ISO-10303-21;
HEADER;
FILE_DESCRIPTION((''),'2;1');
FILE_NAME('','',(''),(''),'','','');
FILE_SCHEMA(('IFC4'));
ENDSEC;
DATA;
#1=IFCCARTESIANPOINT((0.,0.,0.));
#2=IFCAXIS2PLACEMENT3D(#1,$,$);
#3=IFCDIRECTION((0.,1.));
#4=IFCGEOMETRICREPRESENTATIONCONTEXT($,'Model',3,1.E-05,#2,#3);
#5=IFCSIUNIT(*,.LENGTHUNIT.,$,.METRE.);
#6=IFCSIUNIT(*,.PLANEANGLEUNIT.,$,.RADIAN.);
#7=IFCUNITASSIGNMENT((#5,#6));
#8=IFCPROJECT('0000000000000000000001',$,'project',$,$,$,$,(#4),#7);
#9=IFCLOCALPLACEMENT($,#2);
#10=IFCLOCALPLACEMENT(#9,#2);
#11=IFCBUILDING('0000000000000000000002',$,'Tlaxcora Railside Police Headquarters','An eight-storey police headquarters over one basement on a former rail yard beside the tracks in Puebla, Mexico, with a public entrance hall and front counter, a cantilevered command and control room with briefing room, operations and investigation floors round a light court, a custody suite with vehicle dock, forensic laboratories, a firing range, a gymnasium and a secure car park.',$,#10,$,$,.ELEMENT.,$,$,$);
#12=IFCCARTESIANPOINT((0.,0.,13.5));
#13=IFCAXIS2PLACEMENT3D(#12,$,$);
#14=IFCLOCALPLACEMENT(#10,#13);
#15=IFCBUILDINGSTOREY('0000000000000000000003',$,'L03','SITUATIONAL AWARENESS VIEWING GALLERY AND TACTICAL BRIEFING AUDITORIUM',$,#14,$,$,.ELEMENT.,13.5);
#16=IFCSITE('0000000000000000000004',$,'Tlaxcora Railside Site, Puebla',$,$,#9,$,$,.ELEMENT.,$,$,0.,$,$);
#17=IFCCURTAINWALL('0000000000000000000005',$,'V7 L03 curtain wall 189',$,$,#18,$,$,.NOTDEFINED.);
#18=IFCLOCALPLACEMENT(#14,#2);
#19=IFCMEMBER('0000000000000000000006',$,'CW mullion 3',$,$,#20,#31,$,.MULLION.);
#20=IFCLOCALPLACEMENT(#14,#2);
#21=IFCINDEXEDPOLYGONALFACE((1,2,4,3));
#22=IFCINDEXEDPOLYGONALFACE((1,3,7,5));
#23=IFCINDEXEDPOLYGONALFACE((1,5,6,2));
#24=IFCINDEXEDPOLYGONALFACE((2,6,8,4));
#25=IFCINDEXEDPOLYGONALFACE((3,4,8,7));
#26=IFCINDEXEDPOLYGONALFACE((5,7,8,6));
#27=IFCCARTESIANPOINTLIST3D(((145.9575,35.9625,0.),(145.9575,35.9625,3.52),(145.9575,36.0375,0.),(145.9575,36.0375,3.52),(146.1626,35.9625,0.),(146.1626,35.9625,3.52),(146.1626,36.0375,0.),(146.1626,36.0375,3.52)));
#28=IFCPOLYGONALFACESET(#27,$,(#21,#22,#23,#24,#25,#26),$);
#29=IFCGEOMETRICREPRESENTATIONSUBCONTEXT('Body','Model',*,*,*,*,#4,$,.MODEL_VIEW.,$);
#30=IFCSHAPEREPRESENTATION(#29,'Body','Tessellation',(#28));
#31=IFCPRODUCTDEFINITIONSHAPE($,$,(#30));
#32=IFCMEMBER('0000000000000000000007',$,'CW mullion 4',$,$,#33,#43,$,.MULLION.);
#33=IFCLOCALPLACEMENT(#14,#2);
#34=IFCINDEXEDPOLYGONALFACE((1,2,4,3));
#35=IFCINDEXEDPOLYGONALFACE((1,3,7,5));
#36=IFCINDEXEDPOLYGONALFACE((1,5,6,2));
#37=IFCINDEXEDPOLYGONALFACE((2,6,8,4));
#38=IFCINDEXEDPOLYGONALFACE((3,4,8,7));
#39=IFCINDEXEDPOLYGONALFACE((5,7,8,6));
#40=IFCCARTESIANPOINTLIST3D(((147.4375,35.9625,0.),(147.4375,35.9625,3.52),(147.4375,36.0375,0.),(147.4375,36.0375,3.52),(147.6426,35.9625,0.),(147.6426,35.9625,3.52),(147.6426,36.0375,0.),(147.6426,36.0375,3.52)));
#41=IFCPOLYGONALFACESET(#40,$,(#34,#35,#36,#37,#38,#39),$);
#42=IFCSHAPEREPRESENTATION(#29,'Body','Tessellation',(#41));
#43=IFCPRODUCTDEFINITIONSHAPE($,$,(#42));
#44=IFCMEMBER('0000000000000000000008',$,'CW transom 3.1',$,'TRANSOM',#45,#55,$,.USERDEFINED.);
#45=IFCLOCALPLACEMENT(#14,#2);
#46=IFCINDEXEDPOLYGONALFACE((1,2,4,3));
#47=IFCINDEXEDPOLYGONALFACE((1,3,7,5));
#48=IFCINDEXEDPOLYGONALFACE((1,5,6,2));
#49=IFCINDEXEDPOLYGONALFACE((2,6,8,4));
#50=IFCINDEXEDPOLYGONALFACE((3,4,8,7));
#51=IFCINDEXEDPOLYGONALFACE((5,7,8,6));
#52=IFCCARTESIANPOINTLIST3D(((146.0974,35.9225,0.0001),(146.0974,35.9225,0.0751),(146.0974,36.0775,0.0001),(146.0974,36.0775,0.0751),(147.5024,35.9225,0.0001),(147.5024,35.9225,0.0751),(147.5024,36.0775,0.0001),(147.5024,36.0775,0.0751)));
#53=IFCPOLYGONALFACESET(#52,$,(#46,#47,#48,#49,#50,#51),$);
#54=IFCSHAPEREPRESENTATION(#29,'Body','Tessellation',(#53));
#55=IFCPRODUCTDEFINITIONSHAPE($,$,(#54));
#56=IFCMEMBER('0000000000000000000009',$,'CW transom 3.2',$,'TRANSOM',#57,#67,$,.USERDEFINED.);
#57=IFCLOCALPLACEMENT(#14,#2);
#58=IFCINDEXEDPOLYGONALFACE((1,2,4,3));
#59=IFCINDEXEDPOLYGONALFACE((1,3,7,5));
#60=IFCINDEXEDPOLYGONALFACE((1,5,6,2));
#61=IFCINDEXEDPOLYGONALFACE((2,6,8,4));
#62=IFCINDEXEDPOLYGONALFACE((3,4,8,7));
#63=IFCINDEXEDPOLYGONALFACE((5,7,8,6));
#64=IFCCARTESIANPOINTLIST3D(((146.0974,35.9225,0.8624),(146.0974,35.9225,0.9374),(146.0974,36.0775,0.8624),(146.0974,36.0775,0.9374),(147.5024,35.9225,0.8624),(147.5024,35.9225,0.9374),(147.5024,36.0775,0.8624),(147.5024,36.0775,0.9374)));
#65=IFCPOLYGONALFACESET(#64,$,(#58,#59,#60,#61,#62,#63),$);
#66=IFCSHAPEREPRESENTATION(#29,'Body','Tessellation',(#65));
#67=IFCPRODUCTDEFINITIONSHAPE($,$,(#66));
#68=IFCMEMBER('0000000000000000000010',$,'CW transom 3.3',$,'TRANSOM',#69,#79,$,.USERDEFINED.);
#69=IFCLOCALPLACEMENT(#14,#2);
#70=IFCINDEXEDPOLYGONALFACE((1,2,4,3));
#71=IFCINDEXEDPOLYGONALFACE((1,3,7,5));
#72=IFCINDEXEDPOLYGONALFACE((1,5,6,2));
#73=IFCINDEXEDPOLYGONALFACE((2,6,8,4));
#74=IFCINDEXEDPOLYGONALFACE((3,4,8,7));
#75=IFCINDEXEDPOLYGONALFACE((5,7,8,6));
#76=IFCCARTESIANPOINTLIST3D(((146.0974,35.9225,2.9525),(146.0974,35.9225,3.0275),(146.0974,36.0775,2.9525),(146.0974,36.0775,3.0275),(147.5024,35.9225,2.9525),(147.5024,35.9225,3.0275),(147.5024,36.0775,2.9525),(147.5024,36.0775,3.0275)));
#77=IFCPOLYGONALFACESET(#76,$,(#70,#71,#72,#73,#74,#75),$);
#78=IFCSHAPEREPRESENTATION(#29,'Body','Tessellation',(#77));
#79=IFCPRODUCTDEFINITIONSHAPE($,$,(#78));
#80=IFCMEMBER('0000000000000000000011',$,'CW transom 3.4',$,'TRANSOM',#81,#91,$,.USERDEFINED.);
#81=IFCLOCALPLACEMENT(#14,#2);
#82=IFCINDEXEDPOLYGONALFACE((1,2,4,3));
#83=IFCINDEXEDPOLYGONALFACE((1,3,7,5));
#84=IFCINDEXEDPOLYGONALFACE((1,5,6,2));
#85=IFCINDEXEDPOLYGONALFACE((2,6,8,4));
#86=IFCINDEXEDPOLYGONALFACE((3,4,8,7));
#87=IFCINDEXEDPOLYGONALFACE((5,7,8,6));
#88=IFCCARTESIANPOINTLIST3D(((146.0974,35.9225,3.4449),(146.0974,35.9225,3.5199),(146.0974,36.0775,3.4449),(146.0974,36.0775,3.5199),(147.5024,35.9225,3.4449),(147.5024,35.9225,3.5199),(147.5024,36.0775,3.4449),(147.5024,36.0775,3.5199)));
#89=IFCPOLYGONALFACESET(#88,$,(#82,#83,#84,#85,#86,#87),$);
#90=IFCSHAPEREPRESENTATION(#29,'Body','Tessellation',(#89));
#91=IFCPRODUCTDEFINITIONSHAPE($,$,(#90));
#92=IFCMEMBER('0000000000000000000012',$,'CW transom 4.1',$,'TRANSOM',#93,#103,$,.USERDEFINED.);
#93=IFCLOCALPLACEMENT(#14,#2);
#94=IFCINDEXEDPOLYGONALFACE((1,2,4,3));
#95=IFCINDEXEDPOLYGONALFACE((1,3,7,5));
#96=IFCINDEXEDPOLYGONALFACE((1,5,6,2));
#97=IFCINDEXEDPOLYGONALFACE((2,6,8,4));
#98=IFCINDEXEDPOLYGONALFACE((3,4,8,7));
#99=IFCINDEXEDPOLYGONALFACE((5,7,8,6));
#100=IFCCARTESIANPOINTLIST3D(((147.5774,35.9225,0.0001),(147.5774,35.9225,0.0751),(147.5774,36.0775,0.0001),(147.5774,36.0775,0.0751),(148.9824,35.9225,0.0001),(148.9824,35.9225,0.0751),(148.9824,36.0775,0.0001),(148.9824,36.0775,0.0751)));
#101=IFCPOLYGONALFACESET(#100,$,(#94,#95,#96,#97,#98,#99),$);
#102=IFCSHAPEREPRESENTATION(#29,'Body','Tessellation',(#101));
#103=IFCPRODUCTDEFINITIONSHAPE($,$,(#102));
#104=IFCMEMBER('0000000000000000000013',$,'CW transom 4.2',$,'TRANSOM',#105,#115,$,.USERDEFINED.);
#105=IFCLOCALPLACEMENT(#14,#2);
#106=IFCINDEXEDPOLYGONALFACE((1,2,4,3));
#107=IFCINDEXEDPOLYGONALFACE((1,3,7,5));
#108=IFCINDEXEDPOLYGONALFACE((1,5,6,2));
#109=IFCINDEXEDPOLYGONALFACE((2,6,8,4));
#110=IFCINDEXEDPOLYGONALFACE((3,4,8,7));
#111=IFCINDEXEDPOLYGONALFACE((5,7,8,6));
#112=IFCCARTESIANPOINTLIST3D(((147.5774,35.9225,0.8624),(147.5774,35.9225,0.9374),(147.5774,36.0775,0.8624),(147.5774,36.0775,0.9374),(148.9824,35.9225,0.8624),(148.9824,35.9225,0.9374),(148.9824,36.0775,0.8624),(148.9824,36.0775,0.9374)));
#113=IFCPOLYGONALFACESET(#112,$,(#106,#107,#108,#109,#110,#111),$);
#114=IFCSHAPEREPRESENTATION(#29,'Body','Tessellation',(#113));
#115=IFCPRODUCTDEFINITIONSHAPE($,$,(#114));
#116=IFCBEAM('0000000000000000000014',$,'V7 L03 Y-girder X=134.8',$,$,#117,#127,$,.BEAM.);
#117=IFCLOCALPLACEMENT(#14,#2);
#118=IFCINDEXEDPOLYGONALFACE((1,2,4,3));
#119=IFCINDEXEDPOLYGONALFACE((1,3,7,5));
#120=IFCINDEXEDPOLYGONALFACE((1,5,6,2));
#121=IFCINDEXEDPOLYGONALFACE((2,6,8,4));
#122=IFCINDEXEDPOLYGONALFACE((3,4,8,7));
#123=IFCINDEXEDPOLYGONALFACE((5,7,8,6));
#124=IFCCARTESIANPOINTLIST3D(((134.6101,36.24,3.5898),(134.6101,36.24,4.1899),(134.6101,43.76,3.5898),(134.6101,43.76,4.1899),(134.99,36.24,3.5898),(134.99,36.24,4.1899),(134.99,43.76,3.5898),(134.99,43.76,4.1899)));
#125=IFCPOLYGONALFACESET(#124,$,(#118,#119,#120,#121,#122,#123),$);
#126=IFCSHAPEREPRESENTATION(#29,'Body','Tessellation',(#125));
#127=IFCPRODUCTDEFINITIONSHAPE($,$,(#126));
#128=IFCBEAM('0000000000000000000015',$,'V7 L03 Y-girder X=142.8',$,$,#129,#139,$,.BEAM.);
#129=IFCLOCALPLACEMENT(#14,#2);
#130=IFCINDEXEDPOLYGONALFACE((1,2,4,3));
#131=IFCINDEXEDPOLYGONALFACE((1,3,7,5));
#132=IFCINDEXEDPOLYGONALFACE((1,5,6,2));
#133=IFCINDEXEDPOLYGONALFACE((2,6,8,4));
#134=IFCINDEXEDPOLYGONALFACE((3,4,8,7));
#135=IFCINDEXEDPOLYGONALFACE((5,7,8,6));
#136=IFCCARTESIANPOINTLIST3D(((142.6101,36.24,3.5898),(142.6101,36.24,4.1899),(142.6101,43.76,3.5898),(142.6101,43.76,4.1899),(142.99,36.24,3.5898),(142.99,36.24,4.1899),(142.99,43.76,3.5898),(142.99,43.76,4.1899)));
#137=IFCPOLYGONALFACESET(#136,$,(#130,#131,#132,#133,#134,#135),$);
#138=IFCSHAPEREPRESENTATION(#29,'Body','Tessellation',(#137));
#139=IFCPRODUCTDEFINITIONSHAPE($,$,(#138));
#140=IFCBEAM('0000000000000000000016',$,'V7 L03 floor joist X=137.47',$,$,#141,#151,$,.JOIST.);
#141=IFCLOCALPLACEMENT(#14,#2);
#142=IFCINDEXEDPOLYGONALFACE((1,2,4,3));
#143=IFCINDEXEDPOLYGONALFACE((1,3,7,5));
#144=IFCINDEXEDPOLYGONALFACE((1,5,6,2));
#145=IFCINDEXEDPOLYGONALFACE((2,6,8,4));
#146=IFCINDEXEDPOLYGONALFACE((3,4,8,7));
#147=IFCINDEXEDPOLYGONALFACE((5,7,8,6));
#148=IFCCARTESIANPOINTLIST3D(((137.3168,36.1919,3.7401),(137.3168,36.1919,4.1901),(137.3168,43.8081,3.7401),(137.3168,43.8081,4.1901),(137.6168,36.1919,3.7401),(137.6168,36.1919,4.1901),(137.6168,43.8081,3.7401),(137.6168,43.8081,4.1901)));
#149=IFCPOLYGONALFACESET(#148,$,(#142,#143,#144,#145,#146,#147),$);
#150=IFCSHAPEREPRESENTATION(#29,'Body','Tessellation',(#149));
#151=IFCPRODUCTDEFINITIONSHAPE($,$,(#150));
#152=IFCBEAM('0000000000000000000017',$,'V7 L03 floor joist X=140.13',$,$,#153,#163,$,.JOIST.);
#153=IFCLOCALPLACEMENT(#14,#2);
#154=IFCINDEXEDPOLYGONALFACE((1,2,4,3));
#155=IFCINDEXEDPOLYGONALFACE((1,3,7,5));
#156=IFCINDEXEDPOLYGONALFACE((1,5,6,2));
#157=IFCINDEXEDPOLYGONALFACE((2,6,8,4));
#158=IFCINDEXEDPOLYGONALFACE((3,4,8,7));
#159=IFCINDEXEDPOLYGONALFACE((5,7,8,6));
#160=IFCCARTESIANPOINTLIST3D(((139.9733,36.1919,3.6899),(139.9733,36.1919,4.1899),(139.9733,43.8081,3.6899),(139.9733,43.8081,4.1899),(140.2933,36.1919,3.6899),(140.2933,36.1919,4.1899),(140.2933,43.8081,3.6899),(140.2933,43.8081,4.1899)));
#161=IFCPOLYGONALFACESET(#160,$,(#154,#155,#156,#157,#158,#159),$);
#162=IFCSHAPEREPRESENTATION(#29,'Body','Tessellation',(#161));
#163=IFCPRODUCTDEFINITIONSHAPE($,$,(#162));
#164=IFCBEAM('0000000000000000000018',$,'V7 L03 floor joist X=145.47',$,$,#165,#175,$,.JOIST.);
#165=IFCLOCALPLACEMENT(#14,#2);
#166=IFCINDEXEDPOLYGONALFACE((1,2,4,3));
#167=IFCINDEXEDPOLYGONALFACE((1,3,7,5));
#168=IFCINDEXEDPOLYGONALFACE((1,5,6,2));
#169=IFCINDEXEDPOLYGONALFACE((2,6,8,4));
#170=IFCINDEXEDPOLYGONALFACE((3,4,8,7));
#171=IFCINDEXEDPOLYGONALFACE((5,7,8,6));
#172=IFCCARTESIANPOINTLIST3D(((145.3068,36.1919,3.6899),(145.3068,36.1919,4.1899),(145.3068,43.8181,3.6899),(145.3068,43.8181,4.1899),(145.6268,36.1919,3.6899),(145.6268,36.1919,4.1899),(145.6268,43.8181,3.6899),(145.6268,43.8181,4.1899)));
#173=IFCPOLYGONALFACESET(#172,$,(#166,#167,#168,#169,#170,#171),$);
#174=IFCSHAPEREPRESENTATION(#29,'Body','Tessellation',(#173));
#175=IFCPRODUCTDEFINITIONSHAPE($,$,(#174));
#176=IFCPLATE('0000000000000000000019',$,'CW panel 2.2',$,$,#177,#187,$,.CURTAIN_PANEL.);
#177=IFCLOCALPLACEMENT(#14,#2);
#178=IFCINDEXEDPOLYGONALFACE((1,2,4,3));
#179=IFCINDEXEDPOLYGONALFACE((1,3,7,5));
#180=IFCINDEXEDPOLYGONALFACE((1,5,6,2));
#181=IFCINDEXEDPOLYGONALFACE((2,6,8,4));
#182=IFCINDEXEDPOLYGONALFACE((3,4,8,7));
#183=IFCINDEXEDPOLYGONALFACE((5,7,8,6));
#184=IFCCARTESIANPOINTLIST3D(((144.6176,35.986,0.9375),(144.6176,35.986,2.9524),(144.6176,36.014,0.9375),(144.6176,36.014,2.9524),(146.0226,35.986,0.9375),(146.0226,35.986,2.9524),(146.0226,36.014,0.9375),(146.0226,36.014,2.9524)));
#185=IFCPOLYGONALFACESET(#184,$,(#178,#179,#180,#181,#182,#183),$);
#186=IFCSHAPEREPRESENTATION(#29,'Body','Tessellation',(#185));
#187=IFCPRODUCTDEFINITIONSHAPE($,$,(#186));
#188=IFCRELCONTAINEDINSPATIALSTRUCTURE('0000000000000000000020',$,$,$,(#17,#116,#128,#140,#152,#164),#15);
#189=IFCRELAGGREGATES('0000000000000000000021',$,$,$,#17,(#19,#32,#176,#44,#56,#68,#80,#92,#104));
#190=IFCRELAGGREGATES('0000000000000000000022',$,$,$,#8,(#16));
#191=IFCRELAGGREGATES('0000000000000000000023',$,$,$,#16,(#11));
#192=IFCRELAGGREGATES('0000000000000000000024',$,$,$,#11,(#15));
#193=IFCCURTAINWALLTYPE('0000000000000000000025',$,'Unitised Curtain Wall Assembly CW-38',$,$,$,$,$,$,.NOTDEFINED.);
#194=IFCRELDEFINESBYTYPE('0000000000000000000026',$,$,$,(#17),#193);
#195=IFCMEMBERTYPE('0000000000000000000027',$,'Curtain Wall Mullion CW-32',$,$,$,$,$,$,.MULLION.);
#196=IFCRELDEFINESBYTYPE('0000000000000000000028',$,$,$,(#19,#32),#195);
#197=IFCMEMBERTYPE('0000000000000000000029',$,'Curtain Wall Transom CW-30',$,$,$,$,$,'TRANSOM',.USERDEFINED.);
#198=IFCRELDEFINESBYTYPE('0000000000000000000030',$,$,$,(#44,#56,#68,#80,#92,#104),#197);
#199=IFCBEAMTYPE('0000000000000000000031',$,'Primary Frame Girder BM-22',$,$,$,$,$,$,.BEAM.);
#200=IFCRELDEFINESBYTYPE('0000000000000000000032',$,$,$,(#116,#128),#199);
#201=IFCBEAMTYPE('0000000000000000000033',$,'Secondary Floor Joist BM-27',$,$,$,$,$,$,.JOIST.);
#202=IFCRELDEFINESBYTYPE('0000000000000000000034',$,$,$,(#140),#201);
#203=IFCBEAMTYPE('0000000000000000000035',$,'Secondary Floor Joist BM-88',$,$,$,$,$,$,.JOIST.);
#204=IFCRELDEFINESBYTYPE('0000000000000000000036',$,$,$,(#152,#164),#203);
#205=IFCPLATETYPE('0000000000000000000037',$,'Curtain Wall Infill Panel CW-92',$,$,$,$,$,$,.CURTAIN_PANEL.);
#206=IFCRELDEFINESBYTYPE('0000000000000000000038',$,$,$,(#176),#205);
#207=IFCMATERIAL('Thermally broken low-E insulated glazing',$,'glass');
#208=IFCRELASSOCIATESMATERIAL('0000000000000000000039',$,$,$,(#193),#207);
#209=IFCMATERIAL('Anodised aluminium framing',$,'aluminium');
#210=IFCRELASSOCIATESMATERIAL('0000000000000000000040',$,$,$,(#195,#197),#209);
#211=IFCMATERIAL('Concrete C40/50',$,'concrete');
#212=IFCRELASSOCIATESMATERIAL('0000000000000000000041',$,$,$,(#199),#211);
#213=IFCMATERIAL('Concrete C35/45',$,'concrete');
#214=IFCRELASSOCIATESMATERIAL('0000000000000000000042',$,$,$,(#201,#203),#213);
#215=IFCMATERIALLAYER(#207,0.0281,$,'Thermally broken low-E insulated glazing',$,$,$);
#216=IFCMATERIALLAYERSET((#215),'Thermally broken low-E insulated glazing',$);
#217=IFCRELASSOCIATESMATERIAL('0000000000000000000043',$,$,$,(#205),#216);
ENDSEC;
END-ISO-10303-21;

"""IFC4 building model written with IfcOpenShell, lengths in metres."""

from ifc_helpers import new_model, si_unit, direction, frame, origin, origin_2d, place, context, subcontext, project, spatial, rectangle, extrude, material, layer, layer_set, material_profile, profile_set, type_object, element, aggregate, save


model = new_model("IFC4")

# Units and contexts
model_context = context("Model", 3, precision=1e-05, world=origin(), true_north=direction((0.0, 1.0)))
body_context = subcontext(model_context, "Body", "Model", "MODEL_VIEW")
ifc_project = project(units=[si_unit("LENGTHUNIT", "METRE"), si_unit("PLANEANGLEUNIT", "RADIAN")], contexts=[model_context])

# Site, building, storey
site_placement = place(None, origin())
site = spatial("IfcSite", under=ifc_project, at=site_placement, Name="Tlaxcora Railside Site, Puebla", CompositionType="ELEMENT", RefElevation=0.0)
building_placement = place(site_placement, origin())
building = spatial("IfcBuilding", under=site, at=building_placement, Name="Tlaxcora Railside Police Headquarters", Description="An eight-storey police headquarters over one basement on a former rail yard beside the tracks in Puebla, Mexico, with a public entrance hall and front counter, a cantilevered command and control room with briefing room, operations and investigation floors round a light court, a custody suite with vehicle dock, forensic laboratories, a firing range, a gymnasium and a secure car park.", CompositionType="ELEMENT")
storey_placement = place(building_placement, frame((0.0, 0.0, 13.5)))
storey = spatial("IfcBuildingStorey", under=building, at=storey_placement, Name="L03", Description="SITUATIONAL AWARENESS VIEWING GALLERY AND TACTICAL BRIEFING AUDITORIUM", CompositionType="ELEMENT", Elevation=13.5)

# Curtain wall, members
ifc_material_1 = material(Name="Thermally broken low-E insulated glazing", Category="glass")
curtain_wall_type = type_object("IfcCurtainWallType", Name="Unitised Curtain Wall Assembly CW-38", PredefinedType="NOTDEFINED", material=ifc_material_1)
curtain_wall_placement = place(storey_placement, origin())
curtain_wall = element("IfcCurtainWall", 1, at=curtain_wall_placement, inside=storey, type_object=curtain_wall_type, Name="V7 L03 curtain wall 189", PredefinedType="NOTDEFINED")
ifc_material_2 = material(Name="Anodised aluminium framing", Category="aluminium")
ifc_material_profile_1 = material_profile(ifc_material_2, rectangle(XDim=0.075, YDim=0.2051, at=origin_2d()), Name="AL75X205")
ifc_profile_set_1 = profile_set([ifc_material_profile_1], Name="Anodised aluminium framing")
member_type_1 = type_object("IfcMemberType", Name="Curtain Wall Mullion CW-32", PredefinedType="MULLION", material=ifc_profile_set_1)
member_1_placement = place(storey_placement, frame((146.0601, 36.0, 0.0), z_axis=(0.0, 0.0, 1.0), x_axis=(0.0, 1.0, 0.0)))
member_1 = element("IfcMember", 2, at=member_1_placement, type_object=member_type_1, Name="CW mullion 3", PredefinedType="MULLION", context=body_context, shape_type="SweptSolid", body=[
    extrude(rectangle(XDim=0.075, YDim=0.2051, at=origin_2d()), origin(), (0.0, 0.0, 1.0), 3.52),
])
member_2_placement = place(storey_placement, frame((147.54, 36.0, 0.0), z_axis=(0.0, 0.0, 1.0), x_axis=(0.0, 1.0, 0.0)))
member_2 = element("IfcMember", 3, at=member_2_placement, type_object=member_type_1, Name="CW mullion 4", PredefinedType="MULLION", context=body_context, shape_type="SweptSolid", body=[
    extrude(rectangle(XDim=0.075, YDim=0.2051, at=origin_2d()), origin(), (0.0, 0.0, 1.0), 3.52),
])
ifc_material_profile_2 = material_profile(ifc_material_2, rectangle(XDim=0.155, YDim=0.075, at=origin_2d()), Name="AL75X155")
ifc_profile_set_2 = profile_set([ifc_material_profile_2], Name="Anodised aluminium framing")
member_type_2 = type_object("IfcMemberType", Name="Curtain Wall Transom CW-30", ElementType="TRANSOM", PredefinedType="USERDEFINED", material=ifc_profile_set_2)
member_3_placement = place(storey_placement, frame((146.0974, 36.0, 0.0376), z_axis=(1.0, 0.0, 0.0), x_axis=(0.0, 1.0, 0.0)))
member_3 = element("IfcMember", 4, at=member_3_placement, type_object=member_type_2, Name="CW transom 3.1", ObjectType="TRANSOM", PredefinedType="USERDEFINED", context=body_context, shape_type="SweptSolid", body=[
    extrude(rectangle(XDim=0.155, YDim=0.075, at=origin_2d()), origin(), (0.0, 0.0, 1.0), 1.405),
])
member_4_placement = place(storey_placement, frame((146.0974, 36.0, 0.8999), z_axis=(1.0, 0.0, 0.0), x_axis=(0.0, 1.0, 0.0)))
member_4 = element("IfcMember", 5, at=member_4_placement, type_object=member_type_2, Name="CW transom 3.2", ObjectType="TRANSOM", PredefinedType="USERDEFINED", context=body_context, shape_type="SweptSolid", body=[
    extrude(rectangle(XDim=0.155, YDim=0.075, at=origin_2d()), origin(), (0.0, 0.0, 1.0), 1.405),
])
member_5_placement = place(storey_placement, frame((146.0974, 36.0, 2.99), z_axis=(1.0, 0.0, 0.0), x_axis=(0.0, 1.0, 0.0)))
member_5 = element("IfcMember", 6, at=member_5_placement, type_object=member_type_2, Name="CW transom 3.3", ObjectType="TRANSOM", PredefinedType="USERDEFINED", context=body_context, shape_type="SweptSolid", body=[
    extrude(rectangle(XDim=0.155, YDim=0.075, at=origin_2d()), origin(), (0.0, 0.0, 1.0), 1.405),
])
member_6_placement = place(storey_placement, frame((146.0974, 36.0, 3.4824), z_axis=(1.0, 0.0, 0.0), x_axis=(0.0, 1.0, 0.0)))
member_6 = element("IfcMember", 7, at=member_6_placement, type_object=member_type_2, Name="CW transom 3.4", ObjectType="TRANSOM", PredefinedType="USERDEFINED", context=body_context, shape_type="SweptSolid", body=[
    extrude(rectangle(XDim=0.155, YDim=0.075, at=origin_2d()), origin(), (0.0, 0.0, 1.0), 1.405),
])
member_7_placement = place(storey_placement, frame((147.5774, 36.0, 0.0376), z_axis=(1.0, 0.0, 0.0), x_axis=(0.0, 1.0, 0.0)))
member_7 = element("IfcMember", 8, at=member_7_placement, type_object=member_type_2, Name="CW transom 4.1", ObjectType="TRANSOM", PredefinedType="USERDEFINED", context=body_context, shape_type="SweptSolid", body=[
    extrude(rectangle(XDim=0.155, YDim=0.075, at=origin_2d()), origin(), (0.0, 0.0, 1.0), 1.405),
])
member_8_placement = place(storey_placement, frame((147.5774, 36.0, 0.8999), z_axis=(1.0, 0.0, 0.0), x_axis=(0.0, 1.0, 0.0)))
member_8 = element("IfcMember", 9, at=member_8_placement, type_object=member_type_2, Name="CW transom 4.2", ObjectType="TRANSOM", PredefinedType="USERDEFINED", context=body_context, shape_type="SweptSolid", body=[
    extrude(rectangle(XDim=0.155, YDim=0.075, at=origin_2d()), origin(), (0.0, 0.0, 1.0), 1.405),
])

# Beams
ifc_material_3 = material(Name="Concrete C40/50", Category="concrete")
ifc_material_profile_3 = material_profile(ifc_material_3, rectangle(XDim=0.3799, YDim=0.6001, at=origin_2d()), Name="RC380X600")
ifc_profile_set_3 = profile_set([ifc_material_profile_3], Name="Concrete C40/50")
beam_type_1 = type_object("IfcBeamType", Name="Primary Frame Girder BM-22", PredefinedType="BEAM", material=ifc_profile_set_3)
for number, where, z_axis, x_axis, name in (
    (10, (134.8, 36.24, 3.8899), (0.0, 1.0, 0.0), (-1.0, 0.0, 0.0), "V7 L03 Y-girder X=134.8"),
    (11, (142.8, 36.24, 3.8899), (0.0, 1.0, 0.0), (-1.0, 0.0, 0.0), "V7 L03 Y-girder X=142.8"),
):
    element("IfcBeam", number, at=place(storey_placement, frame(where, z_axis=z_axis, x_axis=x_axis)), inside=storey, type_object=beam_type_1, Name=name, PredefinedType="BEAM", context=body_context, shape_type="SweptSolid", body=[
        extrude(rectangle(XDim=0.3799, YDim=0.6001, at=origin_2d()), origin(), (0.0, 0.0, 1.0), 7.52),
    ])
ifc_material_4 = material(Name="Concrete C35/45", Category="concrete")
ifc_material_profile_4 = material_profile(ifc_material_4, rectangle(XDim=0.3, YDim=0.45, at=origin_2d()), Name="RC300X450")
ifc_profile_set_4 = profile_set([ifc_material_profile_4], Name="Concrete C35/45")
beam_type_2 = type_object("IfcBeamType", Name="Secondary Floor Joist BM-27", PredefinedType="JOIST", material=ifc_profile_set_4)
beam_1_placement = place(storey_placement, frame((137.4668, 36.1919, 3.9651), z_axis=(0.0, 1.0, 0.0), x_axis=(-1.0, 0.0, 0.0)))
element("IfcBeam", 12, at=beam_1_placement, inside=storey, type_object=beam_type_2, Name="V7 L03 floor joist X=137.47", PredefinedType="JOIST", context=body_context, shape_type="SweptSolid", body=[
    extrude(rectangle(XDim=0.3, YDim=0.45, at=origin_2d()), origin(), (0.0, 0.0, 1.0), 7.6162),
])
ifc_material_profile_5 = material_profile(ifc_material_4, rectangle(XDim=0.3201, YDim=0.5, at=origin_2d()), Name="RC320X500")
ifc_profile_set_5 = profile_set([ifc_material_profile_5], Name="Concrete C35/45")
beam_type_3 = type_object("IfcBeamType", Name="Secondary Floor Joist BM-88", PredefinedType="JOIST", material=ifc_profile_set_5)
beam_2_placement = place(storey_placement, frame((140.1333, 36.1919, 3.9399), z_axis=(0.0, 1.0, 0.0), x_axis=(-1.0, 0.0, 0.0)))
element("IfcBeam", 13, at=beam_2_placement, inside=storey, type_object=beam_type_3, Name="V7 L03 floor joist X=140.13", PredefinedType="JOIST", context=body_context, shape_type="SweptSolid", body=[
    extrude(rectangle(XDim=0.3201, YDim=0.5, at=origin_2d()), origin(), (0.0, 0.0, 1.0), 7.6162),
])
beam_3_placement = place(storey_placement, frame((145.4668, 36.1919, 3.9399), z_axis=(0.0, 1.0, 0.0), x_axis=(-1.0, 0.0, 0.0)))
element("IfcBeam", 14, at=beam_3_placement, inside=storey, type_object=beam_type_3, Name="V7 L03 floor joist X=145.47", PredefinedType="JOIST", context=body_context, shape_type="SweptSolid", body=[
    extrude(rectangle(XDim=0.3201, YDim=0.5, at=origin_2d()), origin(), (0.0, 0.0, 1.0), 7.6262),
])

# Plate
ifc_layer_1 = layer(ifc_material_1, 0.0281, Name="Thermally broken low-E insulated glazing")
ifc_layer_set_1 = layer_set([ifc_layer_1], Name="Thermally broken low-E insulated glazing")
plate_type = type_object("IfcPlateType", Name="Curtain Wall Infill Panel CW-92", PredefinedType="CURTAIN_PANEL", material=ifc_layer_set_1)
plate_1_placement = place(storey_placement, frame((145.3201, 36.0, 0.9375), z_axis=(0.0, 0.0, 1.0), x_axis=(1.0, 0.0, 0.0)))
plate_1 = element("IfcPlate", 15, at=plate_1_placement, type_object=plate_type, Name="CW panel 2.2", PredefinedType="CURTAIN_PANEL", context=body_context, shape_type="SweptSolid", body=[
    extrude(rectangle(XDim=1.405, YDim=0.0281, at=origin_2d()), origin(), (0.0, 0.0, 1.0), 2.0149),
])
aggregate(curtain_wall, [member_1, member_2, plate_1, member_3, member_4, member_5, member_6, member_7, member_8])

save(model, "model.ifc")
